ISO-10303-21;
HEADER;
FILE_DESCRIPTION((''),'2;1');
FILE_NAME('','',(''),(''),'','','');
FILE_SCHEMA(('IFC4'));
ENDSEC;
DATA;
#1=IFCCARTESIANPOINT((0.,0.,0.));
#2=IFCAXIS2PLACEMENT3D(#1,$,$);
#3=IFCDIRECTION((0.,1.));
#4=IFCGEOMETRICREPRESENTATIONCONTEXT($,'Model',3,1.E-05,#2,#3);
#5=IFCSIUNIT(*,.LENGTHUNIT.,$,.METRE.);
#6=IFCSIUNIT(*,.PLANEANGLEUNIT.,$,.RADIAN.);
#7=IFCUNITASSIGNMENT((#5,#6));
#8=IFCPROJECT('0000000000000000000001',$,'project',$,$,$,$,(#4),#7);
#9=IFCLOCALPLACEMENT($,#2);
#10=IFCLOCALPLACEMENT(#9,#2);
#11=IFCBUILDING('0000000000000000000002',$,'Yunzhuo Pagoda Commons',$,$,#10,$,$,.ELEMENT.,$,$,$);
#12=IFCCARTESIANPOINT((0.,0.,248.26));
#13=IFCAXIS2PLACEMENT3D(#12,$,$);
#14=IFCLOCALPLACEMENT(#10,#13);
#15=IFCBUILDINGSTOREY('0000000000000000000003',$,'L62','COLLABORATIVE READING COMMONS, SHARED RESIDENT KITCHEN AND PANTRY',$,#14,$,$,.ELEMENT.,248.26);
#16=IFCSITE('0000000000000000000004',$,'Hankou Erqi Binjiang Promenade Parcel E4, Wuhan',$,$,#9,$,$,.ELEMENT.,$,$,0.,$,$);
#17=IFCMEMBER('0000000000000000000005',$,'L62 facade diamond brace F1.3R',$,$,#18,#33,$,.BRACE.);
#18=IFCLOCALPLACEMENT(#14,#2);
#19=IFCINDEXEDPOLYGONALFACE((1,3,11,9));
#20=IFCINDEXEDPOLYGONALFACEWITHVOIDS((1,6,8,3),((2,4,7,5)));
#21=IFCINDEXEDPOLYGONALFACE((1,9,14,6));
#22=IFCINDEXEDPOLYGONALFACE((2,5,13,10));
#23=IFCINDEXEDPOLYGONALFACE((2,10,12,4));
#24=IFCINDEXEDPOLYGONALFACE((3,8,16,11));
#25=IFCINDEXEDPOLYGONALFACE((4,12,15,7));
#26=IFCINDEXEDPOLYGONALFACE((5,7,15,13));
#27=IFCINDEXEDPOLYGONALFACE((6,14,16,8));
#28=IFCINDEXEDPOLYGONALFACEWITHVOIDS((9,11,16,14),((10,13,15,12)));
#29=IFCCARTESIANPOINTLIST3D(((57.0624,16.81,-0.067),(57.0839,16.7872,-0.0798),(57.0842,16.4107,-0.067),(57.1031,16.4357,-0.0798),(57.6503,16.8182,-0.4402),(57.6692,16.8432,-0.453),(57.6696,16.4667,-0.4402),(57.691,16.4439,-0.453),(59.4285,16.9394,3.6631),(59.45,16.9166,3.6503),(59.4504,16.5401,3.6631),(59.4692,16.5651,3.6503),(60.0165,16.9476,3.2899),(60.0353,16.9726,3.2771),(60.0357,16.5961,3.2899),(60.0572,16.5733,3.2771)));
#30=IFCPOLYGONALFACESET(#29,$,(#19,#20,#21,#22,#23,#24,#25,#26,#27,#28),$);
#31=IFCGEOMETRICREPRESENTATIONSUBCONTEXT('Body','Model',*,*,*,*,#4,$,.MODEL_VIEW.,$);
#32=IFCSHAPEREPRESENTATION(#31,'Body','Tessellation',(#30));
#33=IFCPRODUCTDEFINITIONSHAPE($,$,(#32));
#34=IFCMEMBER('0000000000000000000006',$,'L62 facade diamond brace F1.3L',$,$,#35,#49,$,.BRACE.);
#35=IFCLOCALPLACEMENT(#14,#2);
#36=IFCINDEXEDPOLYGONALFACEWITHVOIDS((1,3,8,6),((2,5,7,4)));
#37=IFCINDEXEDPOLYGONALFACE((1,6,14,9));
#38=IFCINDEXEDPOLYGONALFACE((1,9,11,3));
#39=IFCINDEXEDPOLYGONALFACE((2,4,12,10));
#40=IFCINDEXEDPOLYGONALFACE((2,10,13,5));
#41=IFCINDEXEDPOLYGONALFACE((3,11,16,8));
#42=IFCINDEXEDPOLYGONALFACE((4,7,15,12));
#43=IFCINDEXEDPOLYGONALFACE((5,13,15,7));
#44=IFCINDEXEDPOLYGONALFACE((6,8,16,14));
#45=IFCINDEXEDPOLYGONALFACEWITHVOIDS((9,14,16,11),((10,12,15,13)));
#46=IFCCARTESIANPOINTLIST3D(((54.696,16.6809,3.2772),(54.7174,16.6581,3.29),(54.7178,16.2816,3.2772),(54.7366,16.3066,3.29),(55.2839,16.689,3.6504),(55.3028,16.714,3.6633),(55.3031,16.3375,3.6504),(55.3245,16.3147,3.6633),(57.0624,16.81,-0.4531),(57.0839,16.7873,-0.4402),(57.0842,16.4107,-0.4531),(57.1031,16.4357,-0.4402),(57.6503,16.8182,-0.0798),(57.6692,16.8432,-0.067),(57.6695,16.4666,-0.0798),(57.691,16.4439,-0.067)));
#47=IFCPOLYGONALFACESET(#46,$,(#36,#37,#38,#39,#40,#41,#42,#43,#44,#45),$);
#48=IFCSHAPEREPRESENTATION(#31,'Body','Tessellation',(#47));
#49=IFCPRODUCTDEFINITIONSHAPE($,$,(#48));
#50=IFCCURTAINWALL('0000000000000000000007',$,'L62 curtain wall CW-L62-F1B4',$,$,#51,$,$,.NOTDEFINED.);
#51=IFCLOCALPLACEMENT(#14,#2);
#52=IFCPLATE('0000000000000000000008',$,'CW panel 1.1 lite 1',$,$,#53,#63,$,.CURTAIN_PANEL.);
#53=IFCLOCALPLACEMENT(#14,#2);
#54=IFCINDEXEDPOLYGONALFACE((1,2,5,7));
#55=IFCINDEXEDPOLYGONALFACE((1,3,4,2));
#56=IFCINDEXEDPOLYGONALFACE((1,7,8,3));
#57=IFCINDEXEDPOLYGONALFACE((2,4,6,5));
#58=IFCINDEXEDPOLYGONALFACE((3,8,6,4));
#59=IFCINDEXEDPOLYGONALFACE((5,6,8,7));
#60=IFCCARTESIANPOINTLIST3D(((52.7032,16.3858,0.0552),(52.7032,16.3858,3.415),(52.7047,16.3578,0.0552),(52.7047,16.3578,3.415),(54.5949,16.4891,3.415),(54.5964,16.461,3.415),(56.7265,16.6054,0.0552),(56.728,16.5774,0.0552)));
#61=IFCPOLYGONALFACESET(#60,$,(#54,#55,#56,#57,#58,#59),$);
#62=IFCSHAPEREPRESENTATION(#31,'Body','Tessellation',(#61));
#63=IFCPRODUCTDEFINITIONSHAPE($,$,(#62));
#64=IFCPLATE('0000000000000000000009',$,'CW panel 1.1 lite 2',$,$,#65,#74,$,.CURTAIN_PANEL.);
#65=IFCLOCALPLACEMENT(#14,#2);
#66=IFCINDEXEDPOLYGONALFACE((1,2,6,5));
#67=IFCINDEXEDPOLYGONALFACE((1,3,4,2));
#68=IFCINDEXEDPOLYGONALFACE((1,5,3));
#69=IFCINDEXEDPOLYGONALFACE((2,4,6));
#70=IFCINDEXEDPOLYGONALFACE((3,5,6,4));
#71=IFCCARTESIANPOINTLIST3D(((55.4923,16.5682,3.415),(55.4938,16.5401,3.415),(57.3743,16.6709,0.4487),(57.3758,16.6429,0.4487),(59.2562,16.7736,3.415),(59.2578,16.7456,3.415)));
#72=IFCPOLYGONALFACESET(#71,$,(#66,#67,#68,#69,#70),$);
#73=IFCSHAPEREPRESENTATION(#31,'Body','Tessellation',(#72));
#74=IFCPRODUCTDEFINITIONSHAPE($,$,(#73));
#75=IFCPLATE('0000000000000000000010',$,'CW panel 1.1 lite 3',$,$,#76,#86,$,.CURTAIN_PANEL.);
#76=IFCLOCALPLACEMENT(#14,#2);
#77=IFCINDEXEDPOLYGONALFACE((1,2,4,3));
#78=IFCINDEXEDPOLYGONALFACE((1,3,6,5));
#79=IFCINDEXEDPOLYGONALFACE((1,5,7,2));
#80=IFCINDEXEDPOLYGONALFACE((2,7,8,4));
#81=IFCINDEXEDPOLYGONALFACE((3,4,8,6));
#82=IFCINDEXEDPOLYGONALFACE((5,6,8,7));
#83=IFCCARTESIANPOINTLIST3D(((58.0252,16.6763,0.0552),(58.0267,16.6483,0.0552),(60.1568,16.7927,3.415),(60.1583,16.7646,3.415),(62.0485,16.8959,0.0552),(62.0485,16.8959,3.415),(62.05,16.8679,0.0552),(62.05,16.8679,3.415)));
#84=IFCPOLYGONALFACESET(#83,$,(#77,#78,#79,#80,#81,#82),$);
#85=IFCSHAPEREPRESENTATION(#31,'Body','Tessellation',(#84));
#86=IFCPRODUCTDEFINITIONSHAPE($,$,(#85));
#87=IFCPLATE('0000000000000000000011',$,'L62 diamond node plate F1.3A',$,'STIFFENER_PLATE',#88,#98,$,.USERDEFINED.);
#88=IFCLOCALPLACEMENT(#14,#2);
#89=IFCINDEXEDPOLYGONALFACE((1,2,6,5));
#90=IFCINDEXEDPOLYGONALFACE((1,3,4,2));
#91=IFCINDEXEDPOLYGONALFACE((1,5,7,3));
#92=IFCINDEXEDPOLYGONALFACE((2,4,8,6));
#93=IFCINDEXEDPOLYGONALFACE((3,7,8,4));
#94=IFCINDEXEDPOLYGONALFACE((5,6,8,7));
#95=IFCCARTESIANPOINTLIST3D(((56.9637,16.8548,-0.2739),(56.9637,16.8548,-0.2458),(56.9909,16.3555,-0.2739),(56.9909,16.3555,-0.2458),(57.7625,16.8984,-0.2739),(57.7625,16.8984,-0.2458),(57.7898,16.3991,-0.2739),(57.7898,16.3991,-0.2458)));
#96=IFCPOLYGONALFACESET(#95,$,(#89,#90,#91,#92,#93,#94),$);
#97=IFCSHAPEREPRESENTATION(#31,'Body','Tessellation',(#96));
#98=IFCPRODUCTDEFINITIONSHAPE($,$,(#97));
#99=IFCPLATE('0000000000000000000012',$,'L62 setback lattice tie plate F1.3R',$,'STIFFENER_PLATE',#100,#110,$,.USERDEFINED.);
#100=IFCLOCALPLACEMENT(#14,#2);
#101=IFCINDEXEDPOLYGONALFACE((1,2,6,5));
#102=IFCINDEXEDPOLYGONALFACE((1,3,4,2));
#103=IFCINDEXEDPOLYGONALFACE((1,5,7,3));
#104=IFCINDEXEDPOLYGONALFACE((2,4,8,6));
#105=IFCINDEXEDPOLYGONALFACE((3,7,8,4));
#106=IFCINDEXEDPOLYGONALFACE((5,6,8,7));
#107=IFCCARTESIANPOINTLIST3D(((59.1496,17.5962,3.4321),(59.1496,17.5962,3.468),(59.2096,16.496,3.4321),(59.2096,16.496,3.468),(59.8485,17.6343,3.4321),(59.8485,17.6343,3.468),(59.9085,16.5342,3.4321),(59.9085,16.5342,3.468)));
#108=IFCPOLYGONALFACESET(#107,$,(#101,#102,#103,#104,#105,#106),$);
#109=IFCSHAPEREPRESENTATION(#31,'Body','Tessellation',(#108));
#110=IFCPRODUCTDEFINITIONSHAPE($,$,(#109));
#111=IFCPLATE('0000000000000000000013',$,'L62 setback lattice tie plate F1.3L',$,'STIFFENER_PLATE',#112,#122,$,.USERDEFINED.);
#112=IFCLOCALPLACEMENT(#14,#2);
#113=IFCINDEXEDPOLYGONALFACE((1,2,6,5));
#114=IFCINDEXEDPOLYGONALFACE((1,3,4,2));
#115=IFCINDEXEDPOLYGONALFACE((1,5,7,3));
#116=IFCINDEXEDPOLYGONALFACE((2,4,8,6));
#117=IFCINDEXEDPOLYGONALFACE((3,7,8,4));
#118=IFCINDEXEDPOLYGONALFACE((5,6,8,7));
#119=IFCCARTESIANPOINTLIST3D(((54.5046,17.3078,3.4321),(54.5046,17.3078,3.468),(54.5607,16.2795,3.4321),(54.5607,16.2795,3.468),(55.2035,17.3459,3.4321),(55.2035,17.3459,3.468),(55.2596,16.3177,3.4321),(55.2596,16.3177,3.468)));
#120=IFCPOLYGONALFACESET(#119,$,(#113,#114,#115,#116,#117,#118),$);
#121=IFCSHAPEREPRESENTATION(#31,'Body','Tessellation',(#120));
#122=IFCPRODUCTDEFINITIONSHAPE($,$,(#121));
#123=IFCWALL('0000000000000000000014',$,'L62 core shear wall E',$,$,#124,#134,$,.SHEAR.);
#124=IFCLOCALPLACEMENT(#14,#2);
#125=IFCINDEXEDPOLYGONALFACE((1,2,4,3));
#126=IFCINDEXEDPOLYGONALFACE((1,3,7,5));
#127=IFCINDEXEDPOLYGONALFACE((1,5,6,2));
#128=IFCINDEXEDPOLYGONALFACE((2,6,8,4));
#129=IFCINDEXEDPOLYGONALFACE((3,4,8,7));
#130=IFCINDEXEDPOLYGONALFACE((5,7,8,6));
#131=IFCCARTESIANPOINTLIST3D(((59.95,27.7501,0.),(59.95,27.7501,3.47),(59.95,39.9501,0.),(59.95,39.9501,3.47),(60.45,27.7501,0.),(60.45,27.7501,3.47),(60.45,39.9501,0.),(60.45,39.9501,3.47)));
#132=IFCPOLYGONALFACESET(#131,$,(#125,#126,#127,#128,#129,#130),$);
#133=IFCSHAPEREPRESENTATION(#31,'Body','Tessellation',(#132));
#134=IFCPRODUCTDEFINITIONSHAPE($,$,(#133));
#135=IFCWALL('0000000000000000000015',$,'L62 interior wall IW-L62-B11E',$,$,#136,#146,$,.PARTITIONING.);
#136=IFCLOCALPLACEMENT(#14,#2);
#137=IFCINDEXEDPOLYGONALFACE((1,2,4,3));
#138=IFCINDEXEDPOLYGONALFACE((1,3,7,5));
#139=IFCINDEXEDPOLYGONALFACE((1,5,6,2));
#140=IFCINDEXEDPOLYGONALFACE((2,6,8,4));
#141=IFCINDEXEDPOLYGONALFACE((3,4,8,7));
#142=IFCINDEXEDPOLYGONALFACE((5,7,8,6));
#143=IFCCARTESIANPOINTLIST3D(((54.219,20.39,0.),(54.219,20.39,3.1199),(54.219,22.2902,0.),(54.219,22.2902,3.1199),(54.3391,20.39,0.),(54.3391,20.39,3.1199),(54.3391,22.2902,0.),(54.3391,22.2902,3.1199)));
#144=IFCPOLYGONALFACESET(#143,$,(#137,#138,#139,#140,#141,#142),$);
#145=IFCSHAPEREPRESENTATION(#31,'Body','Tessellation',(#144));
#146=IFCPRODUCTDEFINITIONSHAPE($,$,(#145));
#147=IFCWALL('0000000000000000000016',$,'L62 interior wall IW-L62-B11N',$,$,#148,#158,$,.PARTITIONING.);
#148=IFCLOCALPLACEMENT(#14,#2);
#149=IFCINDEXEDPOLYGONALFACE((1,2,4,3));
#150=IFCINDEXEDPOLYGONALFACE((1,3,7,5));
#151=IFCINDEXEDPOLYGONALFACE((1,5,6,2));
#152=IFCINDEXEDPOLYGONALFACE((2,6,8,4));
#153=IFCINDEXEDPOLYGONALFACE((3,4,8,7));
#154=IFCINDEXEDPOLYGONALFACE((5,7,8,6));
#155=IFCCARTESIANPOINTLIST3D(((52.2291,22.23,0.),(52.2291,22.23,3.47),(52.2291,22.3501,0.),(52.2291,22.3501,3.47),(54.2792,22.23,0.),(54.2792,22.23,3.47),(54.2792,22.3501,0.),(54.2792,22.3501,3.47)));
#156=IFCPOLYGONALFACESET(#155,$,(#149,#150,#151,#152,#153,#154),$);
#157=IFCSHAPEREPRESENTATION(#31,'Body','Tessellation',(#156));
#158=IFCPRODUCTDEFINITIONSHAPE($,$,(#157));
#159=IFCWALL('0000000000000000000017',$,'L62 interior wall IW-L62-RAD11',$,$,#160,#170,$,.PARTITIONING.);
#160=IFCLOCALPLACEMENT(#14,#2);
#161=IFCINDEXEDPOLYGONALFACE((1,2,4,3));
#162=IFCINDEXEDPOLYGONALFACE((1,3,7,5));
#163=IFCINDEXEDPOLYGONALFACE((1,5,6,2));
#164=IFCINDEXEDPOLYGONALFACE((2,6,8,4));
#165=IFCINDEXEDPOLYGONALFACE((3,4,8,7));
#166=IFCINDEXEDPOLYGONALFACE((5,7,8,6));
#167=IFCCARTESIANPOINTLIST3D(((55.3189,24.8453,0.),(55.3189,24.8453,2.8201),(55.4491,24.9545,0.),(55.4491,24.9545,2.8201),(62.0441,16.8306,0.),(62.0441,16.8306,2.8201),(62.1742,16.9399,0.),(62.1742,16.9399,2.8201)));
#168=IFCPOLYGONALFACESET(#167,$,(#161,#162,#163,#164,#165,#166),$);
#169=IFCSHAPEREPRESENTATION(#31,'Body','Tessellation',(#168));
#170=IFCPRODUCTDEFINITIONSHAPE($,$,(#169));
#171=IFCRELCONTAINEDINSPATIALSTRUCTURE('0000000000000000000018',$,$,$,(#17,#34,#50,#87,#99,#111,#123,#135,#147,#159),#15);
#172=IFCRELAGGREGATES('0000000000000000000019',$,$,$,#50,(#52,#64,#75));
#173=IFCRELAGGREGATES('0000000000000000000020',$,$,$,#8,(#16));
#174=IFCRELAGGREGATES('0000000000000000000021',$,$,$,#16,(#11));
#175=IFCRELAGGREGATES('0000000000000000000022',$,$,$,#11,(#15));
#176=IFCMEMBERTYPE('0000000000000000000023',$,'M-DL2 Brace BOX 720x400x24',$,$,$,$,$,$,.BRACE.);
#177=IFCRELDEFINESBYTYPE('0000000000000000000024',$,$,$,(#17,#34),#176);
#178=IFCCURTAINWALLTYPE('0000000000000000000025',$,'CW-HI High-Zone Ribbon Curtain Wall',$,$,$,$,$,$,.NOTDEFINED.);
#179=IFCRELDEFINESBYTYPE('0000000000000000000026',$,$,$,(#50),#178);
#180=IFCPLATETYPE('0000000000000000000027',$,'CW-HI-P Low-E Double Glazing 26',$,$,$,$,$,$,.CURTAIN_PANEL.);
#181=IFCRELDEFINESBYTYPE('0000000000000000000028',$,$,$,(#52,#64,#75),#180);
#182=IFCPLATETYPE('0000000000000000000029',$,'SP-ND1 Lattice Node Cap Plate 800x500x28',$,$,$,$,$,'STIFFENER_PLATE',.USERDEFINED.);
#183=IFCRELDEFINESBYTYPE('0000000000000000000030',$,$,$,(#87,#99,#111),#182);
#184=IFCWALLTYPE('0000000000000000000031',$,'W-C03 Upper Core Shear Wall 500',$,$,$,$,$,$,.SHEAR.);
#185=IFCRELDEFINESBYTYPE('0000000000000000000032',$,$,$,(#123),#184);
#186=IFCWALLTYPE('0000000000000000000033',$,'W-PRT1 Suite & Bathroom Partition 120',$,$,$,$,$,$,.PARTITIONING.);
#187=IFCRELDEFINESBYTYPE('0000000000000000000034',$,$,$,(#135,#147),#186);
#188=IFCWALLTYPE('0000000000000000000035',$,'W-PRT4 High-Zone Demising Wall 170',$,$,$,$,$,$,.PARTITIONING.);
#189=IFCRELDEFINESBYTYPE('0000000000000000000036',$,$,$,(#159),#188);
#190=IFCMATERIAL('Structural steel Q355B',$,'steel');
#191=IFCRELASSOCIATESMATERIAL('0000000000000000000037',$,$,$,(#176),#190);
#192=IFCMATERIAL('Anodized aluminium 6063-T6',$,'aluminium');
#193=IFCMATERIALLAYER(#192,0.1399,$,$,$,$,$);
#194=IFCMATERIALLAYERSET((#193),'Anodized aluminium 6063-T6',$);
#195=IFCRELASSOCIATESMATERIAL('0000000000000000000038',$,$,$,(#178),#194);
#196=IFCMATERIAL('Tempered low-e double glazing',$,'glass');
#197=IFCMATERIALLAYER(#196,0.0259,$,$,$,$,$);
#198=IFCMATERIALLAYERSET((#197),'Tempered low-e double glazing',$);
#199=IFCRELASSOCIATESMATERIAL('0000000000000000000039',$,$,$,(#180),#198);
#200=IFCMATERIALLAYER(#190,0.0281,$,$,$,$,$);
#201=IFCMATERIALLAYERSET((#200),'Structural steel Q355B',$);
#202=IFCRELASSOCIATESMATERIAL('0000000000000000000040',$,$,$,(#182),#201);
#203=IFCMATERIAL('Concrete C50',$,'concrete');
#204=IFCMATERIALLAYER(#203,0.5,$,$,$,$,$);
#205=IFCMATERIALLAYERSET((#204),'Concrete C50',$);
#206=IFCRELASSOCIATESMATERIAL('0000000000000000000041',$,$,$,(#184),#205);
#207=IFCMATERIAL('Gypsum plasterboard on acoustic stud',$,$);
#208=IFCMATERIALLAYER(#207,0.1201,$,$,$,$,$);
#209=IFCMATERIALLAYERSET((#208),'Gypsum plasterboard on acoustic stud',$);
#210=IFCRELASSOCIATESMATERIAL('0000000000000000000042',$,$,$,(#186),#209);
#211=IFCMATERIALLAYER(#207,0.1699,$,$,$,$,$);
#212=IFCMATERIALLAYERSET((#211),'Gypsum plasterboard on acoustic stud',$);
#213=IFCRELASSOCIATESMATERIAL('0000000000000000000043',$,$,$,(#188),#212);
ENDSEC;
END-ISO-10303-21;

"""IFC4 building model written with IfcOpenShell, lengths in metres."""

from ifc_helpers import new_model, si_unit, direction, frame, frame_2d, origin, origin_2d, place, context, subcontext, project, spatial, polyline, rectangle, hollow_rectangle, outline, extrude, source, transform, mapped, material, layer, layer_set, material_profile, profile_set, type_object, element, aggregate, save


model = new_model("IFC4")

# Units and contexts
model_context = context("Model", 3, precision=1e-05, world=origin(), true_north=direction((0.0, 1.0)))
body_context = subcontext(model_context, "Body", "Model", "MODEL_VIEW")
ifc_project = project(units=[si_unit("LENGTHUNIT", "METRE"), si_unit("PLANEANGLEUNIT", "RADIAN")], contexts=[model_context])

# Site, building, storey
site_placement = place(None, origin())
site = spatial("IfcSite", under=ifc_project, at=site_placement, Name="Hankou Erqi Binjiang Promenade Parcel E4, Wuhan", CompositionType="ELEMENT", RefElevation=0.0)
building_placement = place(site_placement, origin())
building = spatial("IfcBuilding", under=site, at=building_placement, Name="Yunzhuo Pagoda Commons", CompositionType="ELEMENT")
storey_placement = place(building_placement, frame((0.0, 0.0, 248.26)))
storey = spatial("IfcBuildingStorey", under=building, at=storey_placement, Name="L62", Description="COLLABORATIVE READING COMMONS, SHARED RESIDENT KITCHEN AND PANTRY", CompositionType="ELEMENT", Elevation=248.26)

# Shared definitions
ifc_material_1 = material(Name="Structural steel Q355B", Category="steel")

# Members
ifc_material_profile_1 = material_profile(ifc_material_1, hollow_rectangle(XDim=0.3999, YDim=0.72, WallThickness=0.0239, at=origin_2d()), Name="Structural steel Q355B")
ifc_profile_set_1 = profile_set([ifc_material_profile_1], Name="Structural steel Q355B")
member_type = type_object("IfcMemberType", Name="M-DL2 Brace BOX 720x400x24", PredefinedType="BRACE", material=ifc_profile_set_1)
shared_shape_1 = source(origin(), body_context, "Body", "SweptSolid", [
    extrude(hollow_rectangle(XDim=0.3999, YDim=0.72, WallThickness=0.0239, at=origin_2d()), origin(), (0.0, 0.0, 1.0), 4.4192),
])
member_1_placement = place(storey_placement, frame((57.3767, 16.627, -0.26), z_axis=(0.535426, 0.029279, 0.844075), x_axis=(-0.054603, 0.998508, 0.0)))
element("IfcMember", 1, at=member_1_placement, inside=storey, type_object=member_type, Name="L62 facade diamond brace F1.3R", PredefinedType="BRACE", context=body_context, shape_type="MappedRepresentation", body=[
    mapped(shared_shape_1, transform((0.0, 0.0, 0.0), scale=1.0)),
])
shared_shape_2 = source(origin(), body_context, "Body", "SweptSolid", [
    extrude(hollow_rectangle(XDim=0.3999, YDim=0.72, WallThickness=0.0239, at=origin_2d()), origin(), (0.0, 0.0, 1.0), 4.4194),
])
member_2_placement = place(storey_placement, frame((57.3767, 16.627, -0.26), z_axis=(-0.535466, -0.029223, 0.844051), x_axis=(0.054494, -0.998514, 0.0)))
element("IfcMember", 2, at=member_2_placement, inside=storey, type_object=member_type, Name="L62 facade diamond brace F1.3L", PredefinedType="BRACE", context=body_context, shape_type="MappedRepresentation", body=[
    mapped(shared_shape_2, transform((0.0, 0.0, 0.0), scale=1.0)),
])

# Curtain wall, plates
ifc_material_2 = material(Name="Anodized aluminium 6063-T6", Category="aluminium")
ifc_layer_1 = layer(ifc_material_2, 0.1399)
ifc_layer_set_1 = layer_set([ifc_layer_1], Name="Anodized aluminium 6063-T6")
curtain_wall_type = type_object("IfcCurtainWallType", Name="CW-HI High-Zone Ribbon Curtain Wall", PredefinedType="NOTDEFINED", material=ifc_layer_set_1)
curtain_wall_placement = place(storey_placement, origin())
curtain_wall = element("IfcCurtainWall", 3, at=curtain_wall_placement, inside=storey, type_object=curtain_wall_type, Name="L62 curtain wall CW-L62-F1B4", PredefinedType="NOTDEFINED")
ifc_material_3 = material(Name="Tempered low-e double glazing", Category="glass")
ifc_layer_2 = layer(ifc_material_3, 0.0259)
ifc_layer_set_2 = layer_set([ifc_layer_2], Name="Tempered low-e double glazing")
plate_type_1 = type_object("IfcPlateType", Name="CW-HI-P Low-E Double Glazing 26", PredefinedType="CURTAIN_PANEL", material=ifc_layer_set_2)
plate_1_placement = place(storey_placement, frame((54.7148, 16.4956, 1.7351), z_axis=(0.054497, -0.998514, 0.0), x_axis=(0.998514, 0.054497, 0.0)))
plate_1 = element("IfcPlate", 4, at=plate_1_placement, type_object=plate_type_1, Name="CW panel 1.1 lite 1", PredefinedType="CURTAIN_PANEL", context=body_context, shape_type="SweptSolid", body=[
    extrude(outline(polyline([(-2.0146, -1.6799), (2.0146, -1.6799), (-0.1201, 1.6799), (-2.0146, 1.6799), (-2.0146, -1.6799)])), origin(), (0.0, 0.0, 1.0), 0.0281),
])
plate_2_placement = place(storey_placement, frame((57.3743, 16.6709, 1.9319), z_axis=(0.054497, -0.998514, 0.0), x_axis=(0.998514, 0.054497, 0.0)))
plate_2 = element("IfcPlate", 5, at=plate_2_placement, type_object=plate_type_1, Name="CW panel 1.1 lite 2", PredefinedType="CURTAIN_PANEL", context=body_context, shape_type="SweptSolid", body=[
    extrude(outline(polyline([(-1.8848, 1.4832), (0.0, -1.4832), (1.8848, 1.4832), (-1.8848, 1.4832)])), origin(), (0.0, 0.0, 1.0), 0.0281),
])
plate_3_placement = place(storey_placement, frame((60.0369, 16.7861, 1.7351), z_axis=(0.054497, -0.998514, 0.0), x_axis=(0.998514, 0.054497, 0.0)))
plate_3 = element("IfcPlate", 6, at=plate_3_placement, type_object=plate_type_1, Name="CW panel 1.1 lite 3", PredefinedType="CURTAIN_PANEL", context=body_context, shape_type="SweptSolid", body=[
    extrude(outline(polyline([(-2.0146, -1.6799), (2.0146, -1.6799), (2.0146, 1.6799), (0.1201, 1.6799), (-2.0146, -1.6799)])), origin(), (0.0, 0.0, 1.0), 0.0281),
])
aggregate(curtain_wall, [plate_1, plate_2, plate_3])

# Plates
ifc_layer_3 = layer(ifc_material_1, 0.0281)
ifc_layer_set_3 = layer_set([ifc_layer_3], Name="Structural steel Q355B")
plate_type_2 = type_object("IfcPlateType", Name="SP-ND1 Lattice Node Cap Plate 800x500x28", ElementType="STIFFENER_PLATE", PredefinedType="USERDEFINED", material=ifc_layer_set_3)
shared_shape_3 = source(origin(), body_context, "Body", "SweptSolid", [
    extrude(rectangle(XDim=0.8, YDim=0.5, at=origin_2d()), origin(), (0.0, 0.0, 1.0), 0.0281),
])
plate_4_placement = place(storey_placement, frame((57.3767, 16.627, -0.2739), z_axis=(0.0, 0.0, 1.0), x_axis=(0.998514, 0.054497, 0.0)))
element("IfcPlate", 7, at=plate_4_placement, inside=storey, type_object=plate_type_2, Name="L62 diamond node plate F1.3A", ObjectType="STIFFENER_PLATE", PredefinedType="USERDEFINED", context=body_context, shape_type="MappedRepresentation", body=[
    mapped(shared_shape_3, transform((0.0, 0.0, 0.0), scale=1.0)),
])
shared_shape_4 = source(origin(), body_context, "Body", "SweptSolid", [
    extrude(rectangle(XDim=0.7, YDim=1.1018, at=origin_2d()), origin(), (0.0, 0.0, 1.0), 0.0359),
])
plate_5_placement = place(storey_placement, frame((59.5291, 17.0652, 3.4321), z_axis=(0.0, 0.0, 1.0), x_axis=(0.998514, 0.054497, 0.0)))
element("IfcPlate", 8, at=plate_5_placement, inside=storey, type_object=plate_type_2, Name="L62 setback lattice tie plate F1.3R", ObjectType="STIFFENER_PLATE", PredefinedType="USERDEFINED", context=body_context, shape_type="MappedRepresentation", body=[
    mapped(shared_shape_4, transform((0.0, 0.0, 0.0), scale=1.0)),
])
shared_shape_5 = source(origin(), body_context, "Body", "SweptSolid", [
    extrude(rectangle(XDim=0.7, YDim=1.0298, at=origin_2d()), origin(), (0.0, 0.0, 1.0), 0.0359),
])
plate_6_placement = place(storey_placement, frame((54.8821, 16.8127, 3.4321), z_axis=(0.0, 0.0, 1.0), x_axis=(0.998514, 0.054497, 0.0)))
element("IfcPlate", 9, at=plate_6_placement, inside=storey, type_object=plate_type_2, Name="L62 setback lattice tie plate F1.3L", ObjectType="STIFFENER_PLATE", PredefinedType="USERDEFINED", context=body_context, shape_type="MappedRepresentation", body=[
    mapped(shared_shape_5, transform((0.0, 0.0, 0.0), scale=1.0)),
])

# Wall
ifc_material_4 = material(Name="Concrete C50", Category="concrete")
ifc_layer_4 = layer(ifc_material_4, 0.5)
ifc_layer_set_4 = layer_set([ifc_layer_4], Name="Concrete C50")
wall_type_1 = type_object("IfcWallType", Name="W-C03 Upper Core Shear Wall 500", PredefinedType="SHEAR", material=ifc_layer_set_4)
wall_1_placement = place(storey_placement, frame((60.2, 27.75, 0.0), z_axis=(0.0, 0.0, 1.0), x_axis=(0.0, 1.0, 0.0)))
element("IfcWall", 10, at=wall_1_placement, inside=storey, type_object=wall_type_1, Name="L62 core shear wall E", PredefinedType="SHEAR", context=body_context, shape_type="SweptSolid", body=[
    extrude(rectangle(XDim=12.2, YDim=0.5, at=frame_2d((6.1001, 0.0))), origin(), (0.0, 0.0, 1.0), 3.47),
])

# Shared definitions
ifc_material_5 = material(Name="Gypsum plasterboard on acoustic stud")

# Walls
ifc_layer_5 = layer(ifc_material_5, 0.1201)
ifc_layer_set_5 = layer_set([ifc_layer_5], Name="Gypsum plasterboard on acoustic stud")
wall_type_2 = type_object("IfcWallType", Name="W-PRT1 Suite & Bathroom Partition 120", PredefinedType="PARTITIONING", material=ifc_layer_set_5)
wall_2_placement = place(storey_placement, frame((54.2791, 20.3899, 0.0), z_axis=(0.0, 0.0, 1.0), x_axis=(0.0, 1.0, 0.0)))
element("IfcWall", 11, at=wall_2_placement, inside=storey, type_object=wall_type_2, Name="L62 interior wall IW-L62-B11E", PredefinedType="PARTITIONING", context=body_context, shape_type="SweptSolid", body=[
    extrude(rectangle(XDim=1.9001, YDim=0.1201, at=frame_2d((0.9502, 0.0))), origin(), (0.0, 0.0, 1.0), 3.1199),
])
wall_3_placement = place(storey_placement, frame((54.2791, 22.29, 0.0), z_axis=(0.0, 0.0, 1.0), x_axis=(-1.0, 0.0, 0.0)))
element("IfcWall", 12, at=wall_3_placement, inside=storey, type_object=wall_type_2, Name="L62 interior wall IW-L62-B11N", PredefinedType="PARTITIONING", context=body_context, shape_type="SweptSolid", body=[
    extrude(rectangle(XDim=2.05, YDim=0.1201, at=frame_2d((1.0249, 0.0))), origin(), (0.0, 0.0, 1.0), 3.47),
])
ifc_layer_6 = layer(ifc_material_5, 0.1699)
ifc_layer_set_6 = layer_set([ifc_layer_6], Name="Gypsum plasterboard on acoustic stud")
wall_type_3 = type_object("IfcWallType", Name="W-PRT4 High-Zone Demising Wall 170", PredefinedType="PARTITIONING", material=ifc_layer_set_6)
wall_4_placement = place(storey_placement, frame((55.384, 24.8999, 0.0), z_axis=(0.0, 0.0, 1.0), x_axis=(0.642788, -0.766044, 0.0)))
element("IfcWall", 13, at=wall_4_placement, inside=storey, type_object=wall_type_3, Name="L62 interior wall IW-L62-RAD11", PredefinedType="PARTITIONING", context=body_context, shape_type="SweptSolid", body=[
    extrude(rectangle(XDim=10.4624, YDim=0.1699, at=frame_2d((5.2312, 0.0))), origin(), (0.0, 0.0, 1.0), 2.8201),
])

save(model, "model.ifc")
